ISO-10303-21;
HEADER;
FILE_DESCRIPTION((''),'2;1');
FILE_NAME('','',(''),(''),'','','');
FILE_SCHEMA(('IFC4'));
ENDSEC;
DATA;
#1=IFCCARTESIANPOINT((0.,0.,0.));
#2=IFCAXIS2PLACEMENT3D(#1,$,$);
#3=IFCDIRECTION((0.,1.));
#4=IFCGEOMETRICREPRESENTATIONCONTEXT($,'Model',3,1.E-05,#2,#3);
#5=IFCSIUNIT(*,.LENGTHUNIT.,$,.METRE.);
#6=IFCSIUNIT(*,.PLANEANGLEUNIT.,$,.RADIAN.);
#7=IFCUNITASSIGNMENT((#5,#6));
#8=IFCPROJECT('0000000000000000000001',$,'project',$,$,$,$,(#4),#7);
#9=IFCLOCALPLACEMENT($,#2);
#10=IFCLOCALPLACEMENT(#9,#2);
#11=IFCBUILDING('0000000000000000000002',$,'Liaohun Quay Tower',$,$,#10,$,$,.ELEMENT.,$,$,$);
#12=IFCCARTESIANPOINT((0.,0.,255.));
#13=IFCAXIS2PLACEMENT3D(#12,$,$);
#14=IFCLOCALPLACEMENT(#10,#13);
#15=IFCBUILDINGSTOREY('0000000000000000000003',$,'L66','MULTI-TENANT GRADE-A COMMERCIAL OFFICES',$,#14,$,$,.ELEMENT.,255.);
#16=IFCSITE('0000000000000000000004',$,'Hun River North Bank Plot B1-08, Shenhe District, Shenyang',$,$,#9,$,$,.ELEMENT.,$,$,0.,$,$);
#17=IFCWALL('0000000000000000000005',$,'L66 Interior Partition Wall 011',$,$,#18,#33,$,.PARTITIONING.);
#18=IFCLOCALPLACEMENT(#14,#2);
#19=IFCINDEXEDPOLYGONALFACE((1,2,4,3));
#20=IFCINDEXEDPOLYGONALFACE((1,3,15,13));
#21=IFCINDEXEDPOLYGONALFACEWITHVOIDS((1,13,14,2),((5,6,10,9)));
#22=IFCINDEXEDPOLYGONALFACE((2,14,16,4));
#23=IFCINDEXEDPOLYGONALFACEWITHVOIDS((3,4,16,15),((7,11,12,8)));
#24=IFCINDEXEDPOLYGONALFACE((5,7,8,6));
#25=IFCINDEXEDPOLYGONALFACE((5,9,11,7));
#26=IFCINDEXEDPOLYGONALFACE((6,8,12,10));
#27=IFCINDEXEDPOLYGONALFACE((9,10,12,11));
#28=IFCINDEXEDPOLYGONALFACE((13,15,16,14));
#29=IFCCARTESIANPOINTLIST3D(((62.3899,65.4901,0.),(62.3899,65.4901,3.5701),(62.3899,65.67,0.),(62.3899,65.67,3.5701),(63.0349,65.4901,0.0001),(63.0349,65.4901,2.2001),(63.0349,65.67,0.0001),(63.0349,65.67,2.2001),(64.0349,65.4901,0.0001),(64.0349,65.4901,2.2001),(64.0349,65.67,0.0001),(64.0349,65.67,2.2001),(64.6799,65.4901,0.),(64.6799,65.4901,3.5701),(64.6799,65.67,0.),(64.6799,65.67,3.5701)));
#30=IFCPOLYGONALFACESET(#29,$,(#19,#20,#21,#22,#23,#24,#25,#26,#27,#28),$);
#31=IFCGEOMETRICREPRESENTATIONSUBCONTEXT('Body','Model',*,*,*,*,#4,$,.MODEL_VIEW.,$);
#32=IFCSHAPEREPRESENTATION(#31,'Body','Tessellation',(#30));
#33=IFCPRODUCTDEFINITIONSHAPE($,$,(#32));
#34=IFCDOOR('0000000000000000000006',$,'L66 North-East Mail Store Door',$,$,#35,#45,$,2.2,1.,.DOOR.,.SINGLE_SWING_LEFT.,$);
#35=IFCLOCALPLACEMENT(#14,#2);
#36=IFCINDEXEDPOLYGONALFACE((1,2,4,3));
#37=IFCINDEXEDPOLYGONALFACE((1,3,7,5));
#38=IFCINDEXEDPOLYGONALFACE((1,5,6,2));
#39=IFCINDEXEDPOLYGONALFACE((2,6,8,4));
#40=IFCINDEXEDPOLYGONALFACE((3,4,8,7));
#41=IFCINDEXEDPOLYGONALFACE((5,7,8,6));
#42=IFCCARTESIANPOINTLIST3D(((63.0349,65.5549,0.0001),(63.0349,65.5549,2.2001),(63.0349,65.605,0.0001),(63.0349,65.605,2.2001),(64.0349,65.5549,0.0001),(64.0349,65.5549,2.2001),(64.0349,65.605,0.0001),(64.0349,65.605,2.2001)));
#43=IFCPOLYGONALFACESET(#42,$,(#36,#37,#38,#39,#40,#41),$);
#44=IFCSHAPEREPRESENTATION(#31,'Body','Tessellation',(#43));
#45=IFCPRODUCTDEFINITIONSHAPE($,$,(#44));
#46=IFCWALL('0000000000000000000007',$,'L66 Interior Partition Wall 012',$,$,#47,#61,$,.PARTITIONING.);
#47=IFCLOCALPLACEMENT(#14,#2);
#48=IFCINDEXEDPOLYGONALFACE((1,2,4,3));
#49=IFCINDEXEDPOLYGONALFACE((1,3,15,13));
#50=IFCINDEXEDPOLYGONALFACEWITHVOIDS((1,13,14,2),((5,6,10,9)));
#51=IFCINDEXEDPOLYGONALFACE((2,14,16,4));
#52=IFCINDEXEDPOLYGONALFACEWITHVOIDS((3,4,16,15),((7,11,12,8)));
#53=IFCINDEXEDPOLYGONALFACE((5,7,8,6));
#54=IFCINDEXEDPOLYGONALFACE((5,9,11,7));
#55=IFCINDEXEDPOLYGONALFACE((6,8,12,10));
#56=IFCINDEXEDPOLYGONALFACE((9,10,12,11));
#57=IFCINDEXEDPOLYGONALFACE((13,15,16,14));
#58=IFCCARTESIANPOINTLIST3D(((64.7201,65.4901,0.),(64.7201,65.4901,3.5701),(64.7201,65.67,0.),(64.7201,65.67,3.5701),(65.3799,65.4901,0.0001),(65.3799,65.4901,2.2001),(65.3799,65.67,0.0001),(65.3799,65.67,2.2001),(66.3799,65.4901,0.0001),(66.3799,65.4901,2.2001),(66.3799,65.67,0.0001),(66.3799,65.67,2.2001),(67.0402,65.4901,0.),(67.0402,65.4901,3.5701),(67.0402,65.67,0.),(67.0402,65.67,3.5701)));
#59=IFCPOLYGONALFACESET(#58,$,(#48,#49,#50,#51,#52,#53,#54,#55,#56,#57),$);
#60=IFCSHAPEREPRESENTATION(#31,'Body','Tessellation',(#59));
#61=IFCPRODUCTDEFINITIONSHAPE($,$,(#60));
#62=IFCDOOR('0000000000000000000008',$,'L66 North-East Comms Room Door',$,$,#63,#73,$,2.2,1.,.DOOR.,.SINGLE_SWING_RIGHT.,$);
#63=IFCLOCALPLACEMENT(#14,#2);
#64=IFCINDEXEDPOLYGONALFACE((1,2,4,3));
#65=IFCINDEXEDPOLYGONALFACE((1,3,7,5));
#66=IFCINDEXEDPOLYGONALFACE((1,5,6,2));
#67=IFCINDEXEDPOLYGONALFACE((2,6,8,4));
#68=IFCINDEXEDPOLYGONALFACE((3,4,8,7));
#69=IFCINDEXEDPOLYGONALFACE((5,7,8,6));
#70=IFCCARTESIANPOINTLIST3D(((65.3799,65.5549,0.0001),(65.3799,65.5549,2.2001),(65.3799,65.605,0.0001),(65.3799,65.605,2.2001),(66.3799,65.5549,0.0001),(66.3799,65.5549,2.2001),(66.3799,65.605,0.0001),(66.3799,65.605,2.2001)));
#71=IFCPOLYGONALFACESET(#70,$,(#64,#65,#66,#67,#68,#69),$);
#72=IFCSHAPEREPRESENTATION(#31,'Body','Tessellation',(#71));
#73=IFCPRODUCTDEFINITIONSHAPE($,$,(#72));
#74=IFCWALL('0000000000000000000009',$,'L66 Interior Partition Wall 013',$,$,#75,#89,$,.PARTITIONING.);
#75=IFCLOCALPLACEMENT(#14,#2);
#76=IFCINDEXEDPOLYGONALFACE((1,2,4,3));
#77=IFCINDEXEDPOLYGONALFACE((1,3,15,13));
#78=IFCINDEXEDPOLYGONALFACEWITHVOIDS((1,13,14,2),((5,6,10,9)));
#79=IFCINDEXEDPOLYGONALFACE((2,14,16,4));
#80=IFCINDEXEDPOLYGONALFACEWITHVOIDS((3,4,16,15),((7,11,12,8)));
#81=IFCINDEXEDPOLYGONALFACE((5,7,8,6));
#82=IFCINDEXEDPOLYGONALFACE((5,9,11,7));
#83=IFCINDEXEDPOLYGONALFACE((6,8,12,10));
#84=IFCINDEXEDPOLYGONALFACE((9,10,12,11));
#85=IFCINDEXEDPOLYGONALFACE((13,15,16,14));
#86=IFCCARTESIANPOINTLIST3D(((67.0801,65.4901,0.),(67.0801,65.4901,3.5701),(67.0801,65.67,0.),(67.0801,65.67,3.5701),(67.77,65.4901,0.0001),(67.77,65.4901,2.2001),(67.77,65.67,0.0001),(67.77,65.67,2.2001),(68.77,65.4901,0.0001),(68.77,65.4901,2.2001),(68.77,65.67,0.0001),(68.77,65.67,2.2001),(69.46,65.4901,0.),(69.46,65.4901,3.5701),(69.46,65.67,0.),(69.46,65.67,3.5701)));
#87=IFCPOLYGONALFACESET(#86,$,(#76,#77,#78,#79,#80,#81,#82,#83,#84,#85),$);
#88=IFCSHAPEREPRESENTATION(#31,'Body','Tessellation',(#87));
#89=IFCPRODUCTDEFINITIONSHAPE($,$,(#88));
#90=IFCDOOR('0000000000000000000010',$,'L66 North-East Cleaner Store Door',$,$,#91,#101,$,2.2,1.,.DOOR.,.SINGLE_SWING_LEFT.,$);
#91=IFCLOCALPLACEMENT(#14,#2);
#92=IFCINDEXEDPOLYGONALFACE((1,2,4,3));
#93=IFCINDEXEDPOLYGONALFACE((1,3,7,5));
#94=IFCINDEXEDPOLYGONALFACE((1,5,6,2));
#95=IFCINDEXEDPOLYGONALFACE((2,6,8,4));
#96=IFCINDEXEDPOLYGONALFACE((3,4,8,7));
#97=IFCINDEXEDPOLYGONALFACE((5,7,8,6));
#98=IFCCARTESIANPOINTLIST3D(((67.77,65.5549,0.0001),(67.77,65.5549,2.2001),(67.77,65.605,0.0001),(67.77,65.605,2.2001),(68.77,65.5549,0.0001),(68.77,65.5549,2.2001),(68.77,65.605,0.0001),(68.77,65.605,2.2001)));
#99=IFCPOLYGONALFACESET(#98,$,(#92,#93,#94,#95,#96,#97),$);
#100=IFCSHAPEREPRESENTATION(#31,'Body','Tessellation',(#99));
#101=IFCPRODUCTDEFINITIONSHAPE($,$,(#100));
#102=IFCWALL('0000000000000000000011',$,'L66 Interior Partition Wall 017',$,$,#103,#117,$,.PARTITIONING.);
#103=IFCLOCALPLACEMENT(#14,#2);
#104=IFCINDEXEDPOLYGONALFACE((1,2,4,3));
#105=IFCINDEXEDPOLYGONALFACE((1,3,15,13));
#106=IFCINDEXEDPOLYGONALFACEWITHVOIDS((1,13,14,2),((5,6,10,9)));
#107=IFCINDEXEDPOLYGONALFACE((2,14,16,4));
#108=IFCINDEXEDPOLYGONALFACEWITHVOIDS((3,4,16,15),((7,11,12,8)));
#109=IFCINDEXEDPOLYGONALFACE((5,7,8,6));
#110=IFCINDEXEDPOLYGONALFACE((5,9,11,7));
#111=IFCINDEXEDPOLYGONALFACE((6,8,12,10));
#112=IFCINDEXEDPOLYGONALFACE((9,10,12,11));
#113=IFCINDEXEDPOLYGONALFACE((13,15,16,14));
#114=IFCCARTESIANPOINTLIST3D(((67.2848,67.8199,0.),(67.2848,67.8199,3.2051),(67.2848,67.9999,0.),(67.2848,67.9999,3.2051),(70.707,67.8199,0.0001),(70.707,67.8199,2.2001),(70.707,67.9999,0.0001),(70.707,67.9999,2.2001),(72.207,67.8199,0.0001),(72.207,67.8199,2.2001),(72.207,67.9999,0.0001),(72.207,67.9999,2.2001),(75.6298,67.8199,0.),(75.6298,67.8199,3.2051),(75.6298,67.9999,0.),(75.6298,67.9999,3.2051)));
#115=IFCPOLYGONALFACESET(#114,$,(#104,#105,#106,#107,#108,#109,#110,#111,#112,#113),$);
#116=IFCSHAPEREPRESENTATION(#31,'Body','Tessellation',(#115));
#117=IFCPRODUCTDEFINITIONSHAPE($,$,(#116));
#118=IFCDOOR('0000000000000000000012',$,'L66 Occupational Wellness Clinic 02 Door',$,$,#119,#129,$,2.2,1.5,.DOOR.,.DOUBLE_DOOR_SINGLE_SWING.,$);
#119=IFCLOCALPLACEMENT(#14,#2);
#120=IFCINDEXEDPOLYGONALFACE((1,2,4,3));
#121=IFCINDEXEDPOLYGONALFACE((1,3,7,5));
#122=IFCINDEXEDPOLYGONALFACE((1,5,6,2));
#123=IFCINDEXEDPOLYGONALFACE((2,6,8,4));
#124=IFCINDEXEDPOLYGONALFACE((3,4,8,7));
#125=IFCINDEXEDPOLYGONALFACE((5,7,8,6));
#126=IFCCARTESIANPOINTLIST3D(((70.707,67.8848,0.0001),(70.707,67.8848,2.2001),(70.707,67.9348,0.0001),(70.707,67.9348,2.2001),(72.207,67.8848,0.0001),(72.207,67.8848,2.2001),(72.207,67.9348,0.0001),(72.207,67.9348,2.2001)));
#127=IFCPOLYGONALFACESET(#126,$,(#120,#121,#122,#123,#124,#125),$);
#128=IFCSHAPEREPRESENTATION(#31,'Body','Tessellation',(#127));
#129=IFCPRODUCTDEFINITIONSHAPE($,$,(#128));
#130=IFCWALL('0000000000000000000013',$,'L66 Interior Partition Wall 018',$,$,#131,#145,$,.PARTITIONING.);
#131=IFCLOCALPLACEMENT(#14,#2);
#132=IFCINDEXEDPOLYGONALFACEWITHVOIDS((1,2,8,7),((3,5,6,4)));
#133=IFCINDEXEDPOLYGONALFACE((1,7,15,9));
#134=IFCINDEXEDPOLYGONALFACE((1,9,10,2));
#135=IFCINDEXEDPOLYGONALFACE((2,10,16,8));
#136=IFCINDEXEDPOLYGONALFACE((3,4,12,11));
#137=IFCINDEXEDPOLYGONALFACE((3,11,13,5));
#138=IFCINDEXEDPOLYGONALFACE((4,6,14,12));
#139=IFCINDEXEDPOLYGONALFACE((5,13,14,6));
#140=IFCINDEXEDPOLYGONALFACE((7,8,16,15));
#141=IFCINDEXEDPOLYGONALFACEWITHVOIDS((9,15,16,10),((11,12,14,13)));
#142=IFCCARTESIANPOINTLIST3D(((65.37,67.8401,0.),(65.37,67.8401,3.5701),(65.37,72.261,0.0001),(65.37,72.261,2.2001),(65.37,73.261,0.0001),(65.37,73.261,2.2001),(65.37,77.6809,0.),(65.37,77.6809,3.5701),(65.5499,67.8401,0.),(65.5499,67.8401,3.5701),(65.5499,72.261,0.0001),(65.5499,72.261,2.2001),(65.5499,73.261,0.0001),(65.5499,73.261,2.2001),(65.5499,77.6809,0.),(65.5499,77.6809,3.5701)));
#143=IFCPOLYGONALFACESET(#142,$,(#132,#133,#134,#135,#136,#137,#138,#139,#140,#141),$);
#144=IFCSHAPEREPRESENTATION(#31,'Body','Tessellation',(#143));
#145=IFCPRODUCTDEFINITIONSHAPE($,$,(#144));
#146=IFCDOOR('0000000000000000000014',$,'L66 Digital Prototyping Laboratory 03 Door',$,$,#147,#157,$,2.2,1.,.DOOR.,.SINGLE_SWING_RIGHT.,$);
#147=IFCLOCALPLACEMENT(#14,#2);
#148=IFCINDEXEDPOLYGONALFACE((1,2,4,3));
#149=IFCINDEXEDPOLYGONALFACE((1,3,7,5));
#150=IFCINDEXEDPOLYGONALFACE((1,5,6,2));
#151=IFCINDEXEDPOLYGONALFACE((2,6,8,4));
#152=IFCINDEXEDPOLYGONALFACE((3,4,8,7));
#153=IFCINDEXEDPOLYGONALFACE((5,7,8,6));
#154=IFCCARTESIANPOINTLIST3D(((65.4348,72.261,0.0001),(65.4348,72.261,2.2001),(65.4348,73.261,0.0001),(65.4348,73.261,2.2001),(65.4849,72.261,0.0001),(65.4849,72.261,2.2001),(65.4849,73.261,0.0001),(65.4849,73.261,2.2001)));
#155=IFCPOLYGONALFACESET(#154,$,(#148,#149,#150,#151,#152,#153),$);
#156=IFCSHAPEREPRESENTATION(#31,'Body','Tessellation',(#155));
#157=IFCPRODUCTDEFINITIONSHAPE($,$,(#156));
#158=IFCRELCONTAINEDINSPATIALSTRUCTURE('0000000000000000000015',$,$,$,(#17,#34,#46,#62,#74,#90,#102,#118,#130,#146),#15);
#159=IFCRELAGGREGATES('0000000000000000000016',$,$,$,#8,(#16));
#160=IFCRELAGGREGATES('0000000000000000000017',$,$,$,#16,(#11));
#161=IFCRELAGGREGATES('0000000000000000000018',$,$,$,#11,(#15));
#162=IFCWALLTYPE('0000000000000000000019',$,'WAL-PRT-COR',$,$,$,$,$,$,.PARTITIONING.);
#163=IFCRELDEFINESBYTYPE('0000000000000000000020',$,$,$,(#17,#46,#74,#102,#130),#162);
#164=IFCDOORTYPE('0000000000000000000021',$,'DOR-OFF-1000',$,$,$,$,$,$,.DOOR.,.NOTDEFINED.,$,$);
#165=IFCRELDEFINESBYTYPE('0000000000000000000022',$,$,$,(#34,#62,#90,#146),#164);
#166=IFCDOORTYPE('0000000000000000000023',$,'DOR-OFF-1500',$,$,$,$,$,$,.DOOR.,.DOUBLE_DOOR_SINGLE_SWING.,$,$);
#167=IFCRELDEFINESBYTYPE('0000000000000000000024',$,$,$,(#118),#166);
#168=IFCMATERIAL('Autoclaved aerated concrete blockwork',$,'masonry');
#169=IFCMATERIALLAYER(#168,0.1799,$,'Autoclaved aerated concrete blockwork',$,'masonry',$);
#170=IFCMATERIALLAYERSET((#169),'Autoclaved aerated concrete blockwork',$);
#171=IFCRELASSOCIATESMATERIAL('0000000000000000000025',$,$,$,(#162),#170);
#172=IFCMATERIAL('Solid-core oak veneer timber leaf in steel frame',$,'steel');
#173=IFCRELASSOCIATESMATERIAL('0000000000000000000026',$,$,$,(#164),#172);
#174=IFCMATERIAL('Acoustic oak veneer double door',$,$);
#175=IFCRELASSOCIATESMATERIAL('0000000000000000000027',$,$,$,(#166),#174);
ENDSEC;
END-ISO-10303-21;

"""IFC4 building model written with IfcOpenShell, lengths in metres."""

from ifc_helpers import new_model, si_unit, direction, frame, frame_2d, origin, place, context, subcontext, project, spatial, rectangle, extrude, source, transform, mapped, material, layer, layer_set, type_object, element, fill, save


model = new_model("IFC4")

# Units and contexts
model_context = context("Model", 3, precision=1e-05, world=origin(), true_north=direction((0.0, 1.0)))
body_context = subcontext(model_context, "Body", "Model", "MODEL_VIEW")
ifc_project = project(units=[si_unit("LENGTHUNIT", "METRE"), si_unit("PLANEANGLEUNIT", "RADIAN")], contexts=[model_context])

# Site, building, storey
site_placement = place(None, origin())
site = spatial("IfcSite", under=ifc_project, at=site_placement, Name="Hun River North Bank Plot B1-08, Shenhe District, Shenyang", CompositionType="ELEMENT", RefElevation=0.0)
building_placement = place(site_placement, origin())
building = spatial("IfcBuilding", under=site, at=building_placement, Name="Liaohun Quay Tower", CompositionType="ELEMENT")
storey_placement = place(building_placement, frame((0.0, 0.0, 255.0)))
storey = spatial("IfcBuildingStorey", under=building, at=storey_placement, Name="L66", Description="MULTI-TENANT GRADE-A COMMERCIAL OFFICES", CompositionType="ELEMENT", Elevation=255.0)

# Walls, openings, doors
ifc_material_1 = material(Name="Autoclaved aerated concrete blockwork", Category="masonry")
ifc_layer_1 = layer(ifc_material_1, 0.1799, Name="Autoclaved aerated concrete blockwork", Category="masonry")
ifc_layer_set_1 = layer_set([ifc_layer_1], Name="Autoclaved aerated concrete blockwork")
wall_type_1 = type_object("IfcWallType", Name="WAL-PRT-COR", PredefinedType="PARTITIONING", material=ifc_layer_set_1)
wall_1_placement = place(storey_placement, frame((62.3899, 65.5801, 0.0), z_axis=(0.0, 0.0, 1.0), x_axis=(1.0, 0.0, 0.0)))
wall_1 = element("IfcWall", 1, at=wall_1_placement, inside=storey, type_object=wall_type_1, Name="L66 Interior Partition Wall 011", PredefinedType="PARTITIONING", context=body_context, shape_type="SweptSolid", body=[
    extrude(rectangle(XDim=2.29, YDim=0.1799, at=frame_2d((1.145, 0.0))), origin(), (0.0, 0.0, 1.0), 3.5701),
])
shared_shape_1 = source(origin(), body_context, "Body", "SweptSolid", [
    extrude(rectangle(XDim=1.0, YDim=2.2, at=frame_2d((0.5, 1.1001))), frame((0.0, 0.0999, 0.0), z_axis=(0.0, -1.0, 0.0), x_axis=(1.0, 0.0, 0.0)), (0.0, 0.0, 1.0), 0.2),
])
opening_1_placement = place(wall_1_placement, frame((0.645, 0.0, 0.0)))
opening_1 = element("IfcOpeningElement", 2, at=opening_1_placement, cuts=wall_1, PredefinedType="OPENING", context=body_context, shape_type="MappedRepresentation", body=[
    mapped(shared_shape_1, transform((0.0, 0.0, 0.0), x_axis=(1.0, 0.0, 0.0), y_axis=(0.0, 1.0, 0.0), z_axis=(0.0, 0.0, 1.0), scale=1.0)),
])
ifc_material_2 = material(Name="Solid-core oak veneer timber leaf in steel frame", Category="steel")
door_type_1 = type_object("IfcDoorType", Name="DOR-OFF-1000", OperationType="NOTDEFINED", PredefinedType="DOOR", material=ifc_material_2)
shared_shape_2 = source(origin(), body_context, "Body", "SweptSolid", [
    extrude(rectangle(XDim=1.0, YDim=2.2, at=frame_2d((0.5, 1.1001))), frame((0.0, 0.0249, 0.0), z_axis=(0.0, -1.0, 0.0), x_axis=(1.0, 0.0, 0.0)), (0.0, 0.0, 1.0), 0.05),
])
door_1_placement = place(opening_1_placement, origin())
door_1 = element("IfcDoor", 3, at=door_1_placement, inside=storey, type_object=door_type_1, Name="L66 North-East Mail Store Door", OperationType="SINGLE_SWING_LEFT", OverallHeight=2.2, OverallWidth=1.0, PredefinedType="DOOR", context=body_context, shape_type="MappedRepresentation", body=[
    mapped(shared_shape_2, transform((0.0, 0.0, 0.0), x_axis=(1.0, 0.0, 0.0), y_axis=(0.0, 1.0, 0.0), z_axis=(0.0, 0.0, 1.0), scale=1.0)),
])
fill(opening_1, door_1)
wall_2_placement = place(storey_placement, frame((64.72, 65.5801, 0.0), z_axis=(0.0, 0.0, 1.0), x_axis=(1.0, 0.0, 0.0)))
wall_2 = element("IfcWall", 4, at=wall_2_placement, inside=storey, type_object=wall_type_1, Name="L66 Interior Partition Wall 012", PredefinedType="PARTITIONING", context=body_context, shape_type="SweptSolid", body=[
    extrude(rectangle(XDim=2.3201, YDim=0.1799, at=frame_2d((1.1602, 0.0))), origin(), (0.0, 0.0, 1.0), 3.5701),
])
opening_2_placement = place(wall_2_placement, frame((0.6599, 0.0, 0.0)))
opening_2 = element("IfcOpeningElement", 5, at=opening_2_placement, cuts=wall_2, PredefinedType="OPENING", context=body_context, shape_type="MappedRepresentation", body=[
    mapped(shared_shape_1, transform((0.0, 0.0, 0.0), x_axis=(1.0, 0.0, 0.0), y_axis=(0.0, 1.0, 0.0), z_axis=(0.0, 0.0, 1.0), scale=1.0)),
])
door_2_placement = place(opening_2_placement, origin())
door_2 = element("IfcDoor", 6, at=door_2_placement, inside=storey, type_object=door_type_1, Name="L66 North-East Comms Room Door", OperationType="SINGLE_SWING_RIGHT", OverallHeight=2.2, OverallWidth=1.0, PredefinedType="DOOR", context=body_context, shape_type="MappedRepresentation", body=[
    mapped(shared_shape_2, transform((0.0, 0.0, 0.0), x_axis=(1.0, 0.0, 0.0), y_axis=(0.0, 1.0, 0.0), z_axis=(0.0, 0.0, 1.0), scale=1.0)),
])
fill(opening_2, door_2)
wall_3_placement = place(storey_placement, frame((67.0801, 65.5801, 0.0), z_axis=(0.0, 0.0, 1.0), x_axis=(1.0, 0.0, 0.0)))
wall_3 = element("IfcWall", 7, at=wall_3_placement, inside=storey, type_object=wall_type_1, Name="L66 Interior Partition Wall 013", PredefinedType="PARTITIONING", context=body_context, shape_type="SweptSolid", body=[
    extrude(rectangle(XDim=2.3799, YDim=0.1799, at=frame_2d((1.1899, 0.0))), origin(), (0.0, 0.0, 1.0), 3.5701),
])
opening_3_placement = place(wall_3_placement, frame((0.6899, 0.0, 0.0)))
opening_3 = element("IfcOpeningElement", 8, at=opening_3_placement, cuts=wall_3, PredefinedType="OPENING", context=body_context, shape_type="MappedRepresentation", body=[
    mapped(shared_shape_1, transform((0.0, 0.0, 0.0), x_axis=(1.0, 0.0, 0.0), y_axis=(0.0, 1.0, 0.0), z_axis=(0.0, 0.0, 1.0), scale=1.0)),
])
door_3_placement = place(opening_3_placement, origin())
door_3 = element("IfcDoor", 9, at=door_3_placement, inside=storey, type_object=door_type_1, Name="L66 North-East Cleaner Store Door", OperationType="SINGLE_SWING_LEFT", OverallHeight=2.2, OverallWidth=1.0, PredefinedType="DOOR", context=body_context, shape_type="MappedRepresentation", body=[
    mapped(shared_shape_2, transform((0.0, 0.0, 0.0), x_axis=(1.0, 0.0, 0.0), y_axis=(0.0, 1.0, 0.0), z_axis=(0.0, 0.0, 1.0), scale=1.0)),
])
fill(opening_3, door_3)
wall_4_placement = place(storey_placement, frame((67.2849, 67.9099, 0.0), z_axis=(0.0, 0.0, 1.0), x_axis=(1.0, 0.0, 0.0)))
wall_4 = element("IfcWall", 10, at=wall_4_placement, inside=storey, type_object=wall_type_1, Name="L66 Interior Partition Wall 017", PredefinedType="PARTITIONING", context=body_context, shape_type="SweptSolid", body=[
    extrude(rectangle(XDim=8.345, YDim=0.1799, at=frame_2d((4.1724, 0.0))), origin(), (0.0, 0.0, 1.0), 3.2051),
])
shared_shape_3 = source(origin(), body_context, "Body", "SweptSolid", [
    extrude(rectangle(XDim=1.5, YDim=2.2, at=frame_2d((0.75, 1.1001))), frame((0.0, 0.0999, 0.0), z_axis=(0.0, -1.0, 0.0), x_axis=(1.0, 0.0, 0.0)), (0.0, 0.0, 1.0), 0.2),
])
opening_4_placement = place(wall_4_placement, frame((3.4221, 0.0, 0.0)))
opening_4 = element("IfcOpeningElement", 11, at=opening_4_placement, cuts=wall_4, PredefinedType="OPENING", context=body_context, shape_type="MappedRepresentation", body=[
    mapped(shared_shape_3, transform((0.0, 0.0, 0.0), x_axis=(1.0, 0.0, 0.0), y_axis=(0.0, 1.0, 0.0), z_axis=(0.0, 0.0, 1.0), scale=1.0)),
])
ifc_material_3 = material(Name="Acoustic oak veneer double door")
door_type_2 = type_object("IfcDoorType", Name="DOR-OFF-1500", OperationType="DOUBLE_DOOR_SINGLE_SWING", PredefinedType="DOOR", material=ifc_material_3)
shared_shape_4 = source(origin(), body_context, "Body", "SweptSolid", [
    extrude(rectangle(XDim=1.5, YDim=2.2, at=frame_2d((0.75, 1.1001))), frame((0.0, 0.0249, 0.0), z_axis=(0.0, -1.0, 0.0), x_axis=(1.0, 0.0, 0.0)), (0.0, 0.0, 1.0), 0.05),
])
door_4_placement = place(opening_4_placement, origin())
door_4 = element("IfcDoor", 12, at=door_4_placement, inside=storey, type_object=door_type_2, Name="L66 Occupational Wellness Clinic 02 Door", OperationType="DOUBLE_DOOR_SINGLE_SWING", OverallHeight=2.2, OverallWidth=1.5, PredefinedType="DOOR", context=body_context, shape_type="MappedRepresentation", body=[
    mapped(shared_shape_4, transform((0.0, 0.0, 0.0), x_axis=(1.0, 0.0, 0.0), y_axis=(0.0, 1.0, 0.0), z_axis=(0.0, 0.0, 1.0), scale=1.0)),
])
fill(opening_4, door_4)
wall_5_placement = place(storey_placement, frame((65.46, 77.6809, 0.0), z_axis=(0.0, 0.0, 1.0), x_axis=(0.0, -1.0, 0.0)))
wall_5 = element("IfcWall", 13, at=wall_5_placement, inside=storey, type_object=wall_type_1, Name="L66 Interior Partition Wall 018", PredefinedType="PARTITIONING", context=body_context, shape_type="SweptSolid", body=[
    extrude(rectangle(XDim=9.8408, YDim=0.1799, at=frame_2d((4.9204, 0.0))), origin(), (0.0, 0.0, 1.0), 3.5701),
])
opening_5_placement = place(wall_5_placement, frame((4.4199, 0.0, 0.0)))
opening_5 = element("IfcOpeningElement", 14, at=opening_5_placement, cuts=wall_5, PredefinedType="OPENING", context=body_context, shape_type="MappedRepresentation", body=[
    mapped(shared_shape_1, transform((0.0, 0.0, 0.0), x_axis=(1.0, 0.0, 0.0), y_axis=(0.0, 1.0, 0.0), z_axis=(0.0, 0.0, 1.0), scale=1.0)),
])
door_5_placement = place(opening_5_placement, origin())
door_5 = element("IfcDoor", 15, at=door_5_placement, inside=storey, type_object=door_type_1, Name="L66 Digital Prototyping Laboratory 03 Door", OperationType="SINGLE_SWING_RIGHT", OverallHeight=2.2, OverallWidth=1.0, PredefinedType="DOOR", context=body_context, shape_type="MappedRepresentation", body=[
    mapped(shared_shape_2, transform((0.0, 0.0, 0.0), x_axis=(1.0, 0.0, 0.0), y_axis=(0.0, 1.0, 0.0), z_axis=(0.0, 0.0, 1.0), scale=1.0)),
])
fill(opening_5, door_5)

save(model, "model.ifc")
